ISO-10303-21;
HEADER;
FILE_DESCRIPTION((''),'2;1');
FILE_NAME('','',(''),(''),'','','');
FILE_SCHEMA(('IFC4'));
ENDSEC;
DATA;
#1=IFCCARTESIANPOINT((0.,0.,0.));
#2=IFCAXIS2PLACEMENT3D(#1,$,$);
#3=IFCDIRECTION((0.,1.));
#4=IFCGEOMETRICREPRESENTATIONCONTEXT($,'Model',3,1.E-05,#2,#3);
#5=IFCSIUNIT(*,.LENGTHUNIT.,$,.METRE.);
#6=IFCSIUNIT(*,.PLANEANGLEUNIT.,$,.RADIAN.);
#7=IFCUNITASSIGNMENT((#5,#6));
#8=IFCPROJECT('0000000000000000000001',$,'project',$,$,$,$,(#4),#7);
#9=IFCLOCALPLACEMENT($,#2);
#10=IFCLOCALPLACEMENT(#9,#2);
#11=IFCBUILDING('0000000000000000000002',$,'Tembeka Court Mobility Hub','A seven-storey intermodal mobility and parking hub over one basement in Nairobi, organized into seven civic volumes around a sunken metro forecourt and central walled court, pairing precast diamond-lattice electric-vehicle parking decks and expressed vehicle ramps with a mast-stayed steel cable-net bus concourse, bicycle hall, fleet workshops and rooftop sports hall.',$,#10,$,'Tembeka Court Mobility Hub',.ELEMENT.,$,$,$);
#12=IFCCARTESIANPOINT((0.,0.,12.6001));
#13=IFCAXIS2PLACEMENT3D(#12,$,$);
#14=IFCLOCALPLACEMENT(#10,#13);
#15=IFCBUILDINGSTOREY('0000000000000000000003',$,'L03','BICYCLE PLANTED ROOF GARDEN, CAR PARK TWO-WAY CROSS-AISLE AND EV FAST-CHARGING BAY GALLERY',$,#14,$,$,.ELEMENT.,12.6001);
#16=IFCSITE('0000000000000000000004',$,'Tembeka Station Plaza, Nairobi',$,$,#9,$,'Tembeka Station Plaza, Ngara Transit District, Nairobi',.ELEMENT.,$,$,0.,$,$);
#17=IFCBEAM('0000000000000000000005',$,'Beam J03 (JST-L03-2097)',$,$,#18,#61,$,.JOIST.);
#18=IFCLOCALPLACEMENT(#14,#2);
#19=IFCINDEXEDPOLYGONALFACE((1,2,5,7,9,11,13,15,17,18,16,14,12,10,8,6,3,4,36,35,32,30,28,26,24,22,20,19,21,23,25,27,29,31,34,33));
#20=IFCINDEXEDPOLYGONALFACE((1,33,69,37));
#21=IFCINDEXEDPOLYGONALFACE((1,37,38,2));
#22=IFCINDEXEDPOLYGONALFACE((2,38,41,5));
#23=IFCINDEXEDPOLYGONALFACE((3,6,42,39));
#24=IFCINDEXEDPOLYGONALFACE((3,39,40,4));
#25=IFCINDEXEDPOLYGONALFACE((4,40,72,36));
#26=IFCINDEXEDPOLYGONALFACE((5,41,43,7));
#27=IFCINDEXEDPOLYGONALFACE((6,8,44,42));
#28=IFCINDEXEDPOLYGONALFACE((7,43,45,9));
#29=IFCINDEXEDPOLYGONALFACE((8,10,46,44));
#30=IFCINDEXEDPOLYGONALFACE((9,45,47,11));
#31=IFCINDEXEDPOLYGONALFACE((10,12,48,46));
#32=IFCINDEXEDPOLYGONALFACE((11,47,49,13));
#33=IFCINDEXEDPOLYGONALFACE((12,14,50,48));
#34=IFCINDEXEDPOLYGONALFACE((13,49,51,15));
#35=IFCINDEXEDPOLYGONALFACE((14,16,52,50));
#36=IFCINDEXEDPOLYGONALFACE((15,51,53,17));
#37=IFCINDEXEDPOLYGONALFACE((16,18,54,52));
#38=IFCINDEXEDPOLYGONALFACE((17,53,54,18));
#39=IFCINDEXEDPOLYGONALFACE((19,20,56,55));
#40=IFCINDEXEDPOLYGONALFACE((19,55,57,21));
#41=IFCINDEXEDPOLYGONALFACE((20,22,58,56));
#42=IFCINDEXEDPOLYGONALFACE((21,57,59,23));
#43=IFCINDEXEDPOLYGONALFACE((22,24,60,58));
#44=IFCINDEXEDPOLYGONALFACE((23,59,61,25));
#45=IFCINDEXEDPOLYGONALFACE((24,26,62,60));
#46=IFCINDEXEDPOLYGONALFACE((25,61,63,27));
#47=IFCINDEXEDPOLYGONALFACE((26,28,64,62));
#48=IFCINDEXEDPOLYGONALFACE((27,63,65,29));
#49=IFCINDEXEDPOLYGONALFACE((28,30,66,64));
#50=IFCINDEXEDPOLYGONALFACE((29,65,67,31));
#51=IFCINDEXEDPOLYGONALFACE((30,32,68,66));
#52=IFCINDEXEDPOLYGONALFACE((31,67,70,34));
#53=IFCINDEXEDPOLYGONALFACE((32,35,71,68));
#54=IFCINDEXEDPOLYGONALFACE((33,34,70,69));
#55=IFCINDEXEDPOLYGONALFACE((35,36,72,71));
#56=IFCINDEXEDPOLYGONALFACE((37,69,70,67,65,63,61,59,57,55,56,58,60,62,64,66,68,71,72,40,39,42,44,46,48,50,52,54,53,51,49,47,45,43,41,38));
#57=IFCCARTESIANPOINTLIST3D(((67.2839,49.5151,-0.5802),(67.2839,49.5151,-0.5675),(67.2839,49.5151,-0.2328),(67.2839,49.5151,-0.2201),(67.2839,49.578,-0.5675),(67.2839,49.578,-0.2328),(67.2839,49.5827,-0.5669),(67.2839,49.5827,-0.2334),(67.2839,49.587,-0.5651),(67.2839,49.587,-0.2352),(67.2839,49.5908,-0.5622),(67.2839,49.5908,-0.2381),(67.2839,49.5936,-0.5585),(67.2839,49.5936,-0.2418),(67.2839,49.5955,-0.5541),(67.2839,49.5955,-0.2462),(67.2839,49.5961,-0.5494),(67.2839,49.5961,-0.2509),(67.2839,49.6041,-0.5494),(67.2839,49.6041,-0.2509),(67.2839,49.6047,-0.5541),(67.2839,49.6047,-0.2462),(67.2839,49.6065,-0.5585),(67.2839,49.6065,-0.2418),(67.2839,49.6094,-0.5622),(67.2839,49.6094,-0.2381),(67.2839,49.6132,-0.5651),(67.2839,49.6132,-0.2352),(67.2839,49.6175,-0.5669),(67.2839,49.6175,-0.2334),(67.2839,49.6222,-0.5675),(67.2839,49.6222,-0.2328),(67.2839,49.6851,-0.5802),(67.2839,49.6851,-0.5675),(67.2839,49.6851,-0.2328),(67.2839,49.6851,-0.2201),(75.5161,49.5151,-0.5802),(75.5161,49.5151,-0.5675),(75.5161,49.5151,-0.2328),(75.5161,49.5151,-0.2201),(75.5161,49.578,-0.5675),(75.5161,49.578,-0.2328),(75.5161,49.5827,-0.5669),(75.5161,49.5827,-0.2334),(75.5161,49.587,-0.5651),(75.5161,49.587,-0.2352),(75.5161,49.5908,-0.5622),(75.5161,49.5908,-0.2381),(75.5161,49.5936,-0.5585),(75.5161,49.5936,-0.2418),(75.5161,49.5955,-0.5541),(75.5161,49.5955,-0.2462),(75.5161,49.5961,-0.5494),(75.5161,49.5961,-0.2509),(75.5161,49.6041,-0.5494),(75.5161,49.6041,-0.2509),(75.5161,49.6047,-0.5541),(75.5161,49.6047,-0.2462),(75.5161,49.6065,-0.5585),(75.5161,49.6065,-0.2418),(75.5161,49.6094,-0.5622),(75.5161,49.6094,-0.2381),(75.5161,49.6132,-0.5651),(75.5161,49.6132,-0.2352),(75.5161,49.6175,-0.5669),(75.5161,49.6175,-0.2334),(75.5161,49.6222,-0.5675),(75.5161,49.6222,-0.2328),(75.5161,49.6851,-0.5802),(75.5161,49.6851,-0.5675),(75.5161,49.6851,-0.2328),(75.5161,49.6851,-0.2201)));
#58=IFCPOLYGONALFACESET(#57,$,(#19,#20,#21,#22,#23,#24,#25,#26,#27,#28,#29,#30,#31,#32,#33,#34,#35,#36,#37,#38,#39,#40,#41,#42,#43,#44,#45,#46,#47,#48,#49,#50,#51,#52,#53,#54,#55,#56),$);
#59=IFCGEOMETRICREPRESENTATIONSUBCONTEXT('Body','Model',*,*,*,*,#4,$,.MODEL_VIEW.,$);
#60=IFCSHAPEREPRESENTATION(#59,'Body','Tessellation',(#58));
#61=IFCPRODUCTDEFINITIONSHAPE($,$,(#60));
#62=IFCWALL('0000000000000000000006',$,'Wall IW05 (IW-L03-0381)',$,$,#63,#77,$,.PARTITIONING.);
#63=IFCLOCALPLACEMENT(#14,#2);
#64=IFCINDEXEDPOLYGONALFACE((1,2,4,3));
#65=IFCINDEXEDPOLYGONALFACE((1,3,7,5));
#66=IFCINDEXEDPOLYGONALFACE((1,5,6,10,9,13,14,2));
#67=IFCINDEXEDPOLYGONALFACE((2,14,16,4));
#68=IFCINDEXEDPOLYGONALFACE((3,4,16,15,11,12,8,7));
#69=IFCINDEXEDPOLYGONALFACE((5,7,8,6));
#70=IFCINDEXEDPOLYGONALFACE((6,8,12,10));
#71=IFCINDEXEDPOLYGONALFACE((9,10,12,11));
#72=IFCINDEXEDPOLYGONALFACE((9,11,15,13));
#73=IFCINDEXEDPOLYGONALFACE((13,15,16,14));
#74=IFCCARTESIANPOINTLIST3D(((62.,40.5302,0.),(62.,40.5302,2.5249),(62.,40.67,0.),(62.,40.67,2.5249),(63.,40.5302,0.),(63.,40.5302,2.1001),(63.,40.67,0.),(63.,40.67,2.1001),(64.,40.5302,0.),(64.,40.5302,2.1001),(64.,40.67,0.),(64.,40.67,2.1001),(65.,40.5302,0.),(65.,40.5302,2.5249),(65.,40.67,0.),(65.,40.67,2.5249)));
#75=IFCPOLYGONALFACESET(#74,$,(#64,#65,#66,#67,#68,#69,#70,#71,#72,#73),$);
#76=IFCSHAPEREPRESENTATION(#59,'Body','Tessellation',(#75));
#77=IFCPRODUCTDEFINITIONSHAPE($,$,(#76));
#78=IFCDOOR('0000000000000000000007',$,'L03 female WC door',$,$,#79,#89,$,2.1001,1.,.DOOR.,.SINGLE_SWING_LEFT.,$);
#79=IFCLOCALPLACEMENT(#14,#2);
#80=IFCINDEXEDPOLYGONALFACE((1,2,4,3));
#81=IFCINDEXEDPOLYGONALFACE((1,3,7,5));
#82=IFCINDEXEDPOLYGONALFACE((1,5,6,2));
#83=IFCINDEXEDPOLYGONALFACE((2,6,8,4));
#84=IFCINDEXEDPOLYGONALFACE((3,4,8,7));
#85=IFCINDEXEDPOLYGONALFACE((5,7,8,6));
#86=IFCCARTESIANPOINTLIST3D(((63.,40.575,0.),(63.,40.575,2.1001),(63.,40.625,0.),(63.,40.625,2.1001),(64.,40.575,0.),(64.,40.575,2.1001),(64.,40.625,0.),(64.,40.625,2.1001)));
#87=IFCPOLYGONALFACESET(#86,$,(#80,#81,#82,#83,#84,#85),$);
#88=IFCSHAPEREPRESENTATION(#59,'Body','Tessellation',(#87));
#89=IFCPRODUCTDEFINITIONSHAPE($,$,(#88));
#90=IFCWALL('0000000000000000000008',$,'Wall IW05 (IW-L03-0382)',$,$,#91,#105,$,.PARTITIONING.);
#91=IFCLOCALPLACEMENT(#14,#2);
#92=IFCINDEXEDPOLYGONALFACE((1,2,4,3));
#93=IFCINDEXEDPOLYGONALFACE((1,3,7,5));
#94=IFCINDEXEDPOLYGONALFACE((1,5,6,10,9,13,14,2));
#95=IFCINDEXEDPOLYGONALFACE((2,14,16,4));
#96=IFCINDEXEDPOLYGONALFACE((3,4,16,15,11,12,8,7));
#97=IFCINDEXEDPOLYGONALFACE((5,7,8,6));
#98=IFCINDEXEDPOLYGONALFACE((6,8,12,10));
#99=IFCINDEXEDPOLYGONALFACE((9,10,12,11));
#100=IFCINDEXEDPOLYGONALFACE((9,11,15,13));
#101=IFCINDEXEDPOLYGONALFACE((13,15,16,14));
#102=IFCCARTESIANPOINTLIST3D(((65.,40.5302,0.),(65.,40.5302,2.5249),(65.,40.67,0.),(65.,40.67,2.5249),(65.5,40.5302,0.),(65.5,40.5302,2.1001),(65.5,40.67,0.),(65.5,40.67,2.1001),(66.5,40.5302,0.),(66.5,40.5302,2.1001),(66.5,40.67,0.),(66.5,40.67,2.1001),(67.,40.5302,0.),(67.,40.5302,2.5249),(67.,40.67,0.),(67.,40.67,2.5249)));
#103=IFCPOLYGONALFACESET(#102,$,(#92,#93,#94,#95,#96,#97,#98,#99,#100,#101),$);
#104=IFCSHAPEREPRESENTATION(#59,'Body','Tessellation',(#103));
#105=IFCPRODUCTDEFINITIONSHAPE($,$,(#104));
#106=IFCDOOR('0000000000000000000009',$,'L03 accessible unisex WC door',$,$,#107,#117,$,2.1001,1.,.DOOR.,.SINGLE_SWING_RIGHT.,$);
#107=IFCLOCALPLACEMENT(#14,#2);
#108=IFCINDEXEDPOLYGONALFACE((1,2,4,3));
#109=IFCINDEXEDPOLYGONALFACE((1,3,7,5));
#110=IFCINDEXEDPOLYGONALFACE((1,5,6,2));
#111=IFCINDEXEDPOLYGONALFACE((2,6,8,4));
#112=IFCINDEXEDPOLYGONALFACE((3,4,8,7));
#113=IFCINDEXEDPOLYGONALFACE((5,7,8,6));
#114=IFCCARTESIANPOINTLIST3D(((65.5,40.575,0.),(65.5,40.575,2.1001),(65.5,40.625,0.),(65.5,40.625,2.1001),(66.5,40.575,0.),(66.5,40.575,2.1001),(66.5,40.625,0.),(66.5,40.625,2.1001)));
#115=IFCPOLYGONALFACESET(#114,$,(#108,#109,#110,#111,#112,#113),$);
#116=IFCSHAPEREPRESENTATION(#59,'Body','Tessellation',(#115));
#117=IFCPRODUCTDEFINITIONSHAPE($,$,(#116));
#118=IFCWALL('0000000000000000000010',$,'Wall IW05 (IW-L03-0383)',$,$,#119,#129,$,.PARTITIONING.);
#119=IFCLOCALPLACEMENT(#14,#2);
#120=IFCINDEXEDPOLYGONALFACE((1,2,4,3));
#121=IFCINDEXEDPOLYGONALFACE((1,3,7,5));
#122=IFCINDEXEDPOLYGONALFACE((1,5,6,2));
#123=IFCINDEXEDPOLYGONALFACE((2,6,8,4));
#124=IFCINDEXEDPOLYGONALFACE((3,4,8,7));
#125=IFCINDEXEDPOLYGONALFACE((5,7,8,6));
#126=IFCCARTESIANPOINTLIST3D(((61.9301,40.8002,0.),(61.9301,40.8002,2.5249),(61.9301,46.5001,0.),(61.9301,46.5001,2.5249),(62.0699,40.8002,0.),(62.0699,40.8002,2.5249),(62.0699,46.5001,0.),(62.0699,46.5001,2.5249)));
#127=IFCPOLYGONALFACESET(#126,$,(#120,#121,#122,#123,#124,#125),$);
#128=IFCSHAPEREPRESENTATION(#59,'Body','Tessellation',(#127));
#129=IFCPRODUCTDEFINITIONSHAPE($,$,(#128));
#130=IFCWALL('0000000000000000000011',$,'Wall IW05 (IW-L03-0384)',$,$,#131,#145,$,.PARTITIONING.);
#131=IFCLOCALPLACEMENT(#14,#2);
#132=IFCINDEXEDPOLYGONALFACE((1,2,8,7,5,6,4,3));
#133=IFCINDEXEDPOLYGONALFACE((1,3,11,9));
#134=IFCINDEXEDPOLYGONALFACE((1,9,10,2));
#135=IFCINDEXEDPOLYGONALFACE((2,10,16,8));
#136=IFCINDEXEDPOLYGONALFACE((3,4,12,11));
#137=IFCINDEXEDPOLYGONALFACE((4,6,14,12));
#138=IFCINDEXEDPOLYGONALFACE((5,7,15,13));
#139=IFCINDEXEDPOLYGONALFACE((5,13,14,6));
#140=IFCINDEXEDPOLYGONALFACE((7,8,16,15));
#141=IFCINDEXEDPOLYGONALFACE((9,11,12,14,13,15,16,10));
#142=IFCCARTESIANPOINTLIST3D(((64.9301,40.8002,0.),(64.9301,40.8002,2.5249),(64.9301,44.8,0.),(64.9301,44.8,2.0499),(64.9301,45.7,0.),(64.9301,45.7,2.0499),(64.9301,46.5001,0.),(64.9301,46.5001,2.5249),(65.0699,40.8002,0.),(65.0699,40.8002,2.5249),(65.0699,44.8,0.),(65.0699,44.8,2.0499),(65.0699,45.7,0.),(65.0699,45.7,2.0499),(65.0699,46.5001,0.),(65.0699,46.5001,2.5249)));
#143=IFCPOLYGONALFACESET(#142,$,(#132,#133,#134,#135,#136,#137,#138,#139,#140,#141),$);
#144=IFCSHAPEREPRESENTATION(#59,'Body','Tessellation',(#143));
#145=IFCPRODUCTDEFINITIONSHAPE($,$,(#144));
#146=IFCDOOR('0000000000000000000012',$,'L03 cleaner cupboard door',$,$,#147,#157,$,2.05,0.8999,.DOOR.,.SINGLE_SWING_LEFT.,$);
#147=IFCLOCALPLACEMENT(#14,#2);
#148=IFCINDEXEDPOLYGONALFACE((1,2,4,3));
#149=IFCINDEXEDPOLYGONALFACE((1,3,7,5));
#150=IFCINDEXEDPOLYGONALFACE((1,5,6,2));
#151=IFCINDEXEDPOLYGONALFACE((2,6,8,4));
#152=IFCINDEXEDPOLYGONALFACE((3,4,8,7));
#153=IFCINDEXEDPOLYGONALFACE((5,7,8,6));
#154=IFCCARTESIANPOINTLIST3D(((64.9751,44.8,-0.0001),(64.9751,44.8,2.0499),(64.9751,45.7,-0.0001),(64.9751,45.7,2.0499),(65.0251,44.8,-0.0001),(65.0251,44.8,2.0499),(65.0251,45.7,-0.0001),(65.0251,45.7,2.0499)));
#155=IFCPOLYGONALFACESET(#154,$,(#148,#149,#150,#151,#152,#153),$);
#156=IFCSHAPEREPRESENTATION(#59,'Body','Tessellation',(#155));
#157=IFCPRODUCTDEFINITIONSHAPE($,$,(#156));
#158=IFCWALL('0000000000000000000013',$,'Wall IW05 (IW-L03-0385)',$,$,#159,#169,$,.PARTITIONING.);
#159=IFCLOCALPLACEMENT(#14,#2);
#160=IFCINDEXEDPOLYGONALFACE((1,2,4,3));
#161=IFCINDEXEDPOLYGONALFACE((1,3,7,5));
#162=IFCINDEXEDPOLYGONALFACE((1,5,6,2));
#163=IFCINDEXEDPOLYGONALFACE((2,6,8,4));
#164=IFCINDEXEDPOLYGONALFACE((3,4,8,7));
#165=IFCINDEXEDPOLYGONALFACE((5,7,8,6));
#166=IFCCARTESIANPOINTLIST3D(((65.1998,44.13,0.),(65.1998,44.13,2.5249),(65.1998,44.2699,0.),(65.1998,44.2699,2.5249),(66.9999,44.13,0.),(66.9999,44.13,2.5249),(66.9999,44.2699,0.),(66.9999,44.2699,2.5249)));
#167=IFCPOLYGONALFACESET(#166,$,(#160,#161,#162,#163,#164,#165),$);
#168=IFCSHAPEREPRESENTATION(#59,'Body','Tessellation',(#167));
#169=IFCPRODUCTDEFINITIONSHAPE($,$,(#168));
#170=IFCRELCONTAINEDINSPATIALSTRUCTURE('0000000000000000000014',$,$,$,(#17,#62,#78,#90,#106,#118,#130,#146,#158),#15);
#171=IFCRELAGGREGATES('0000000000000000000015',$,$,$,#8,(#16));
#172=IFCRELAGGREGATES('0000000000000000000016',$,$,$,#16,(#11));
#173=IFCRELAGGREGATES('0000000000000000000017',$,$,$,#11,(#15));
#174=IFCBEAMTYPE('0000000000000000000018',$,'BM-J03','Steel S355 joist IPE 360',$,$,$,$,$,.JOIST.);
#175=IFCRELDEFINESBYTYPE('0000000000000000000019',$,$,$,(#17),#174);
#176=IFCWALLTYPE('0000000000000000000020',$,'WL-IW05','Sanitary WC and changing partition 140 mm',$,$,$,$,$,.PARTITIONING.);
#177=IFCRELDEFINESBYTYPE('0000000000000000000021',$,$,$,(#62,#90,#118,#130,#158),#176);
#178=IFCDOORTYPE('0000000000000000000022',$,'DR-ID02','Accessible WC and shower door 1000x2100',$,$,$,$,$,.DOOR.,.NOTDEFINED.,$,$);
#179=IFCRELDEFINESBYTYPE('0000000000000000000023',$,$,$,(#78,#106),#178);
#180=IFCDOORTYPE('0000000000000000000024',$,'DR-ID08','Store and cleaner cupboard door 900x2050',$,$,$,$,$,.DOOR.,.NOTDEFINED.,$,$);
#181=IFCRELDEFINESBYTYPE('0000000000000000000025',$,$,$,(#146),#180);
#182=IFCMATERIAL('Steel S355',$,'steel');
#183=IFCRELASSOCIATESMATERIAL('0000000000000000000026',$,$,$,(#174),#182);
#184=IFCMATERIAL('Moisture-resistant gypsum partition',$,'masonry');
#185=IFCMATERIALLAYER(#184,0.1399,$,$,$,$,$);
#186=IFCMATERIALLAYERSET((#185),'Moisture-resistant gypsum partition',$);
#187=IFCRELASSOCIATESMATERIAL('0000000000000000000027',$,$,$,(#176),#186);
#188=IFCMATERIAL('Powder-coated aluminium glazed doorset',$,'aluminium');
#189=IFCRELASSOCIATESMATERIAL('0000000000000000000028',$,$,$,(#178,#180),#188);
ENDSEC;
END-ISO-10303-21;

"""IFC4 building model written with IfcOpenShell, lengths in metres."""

from ifc_helpers import new_model, si_unit, direction, frame, frame_2d, origin, origin_2d, place, context, subcontext, project, spatial, rectangle, i_section, extrude, material, layer, layer_set, material_profile, profile_set, type_object, element, fill, save


model = new_model("IFC4")

# Units and contexts
model_context = context("Model", 3, precision=1e-05, world=origin(), true_north=direction((0.0, 1.0)))
body_context = subcontext(model_context, "Body", "Model", "MODEL_VIEW")
ifc_project = project(units=[si_unit("LENGTHUNIT", "METRE"), si_unit("PLANEANGLEUNIT", "RADIAN")], contexts=[model_context])

# Site, building, storey
site_placement = place(None, origin())
site = spatial("IfcSite", under=ifc_project, at=site_placement, Name="Tembeka Station Plaza, Nairobi", LongName="Tembeka Station Plaza, Ngara Transit District, Nairobi", CompositionType="ELEMENT", RefElevation=0.0)
building_placement = place(site_placement, origin())
building = spatial("IfcBuilding", under=site, at=building_placement, Name="Tembeka Court Mobility Hub", Description="A seven-storey intermodal mobility and parking hub over one basement in Nairobi, organized into seven civic volumes around a sunken metro forecourt and central walled court, pairing precast diamond-lattice electric-vehicle parking decks and expressed vehicle ramps with a mast-stayed steel cable-net bus concourse, bicycle hall, fleet workshops and rooftop sports hall.", LongName="Tembeka Court Mobility Hub", CompositionType="ELEMENT")
storey_placement = place(building_placement, frame((0.0, 0.0, 12.6001)))
storey = spatial("IfcBuildingStorey", under=building, at=storey_placement, Name="L03", Description="BICYCLE PLANTED ROOF GARDEN, CAR PARK TWO-WAY CROSS-AISLE AND EV FAST-CHARGING BAY GALLERY", CompositionType="ELEMENT", Elevation=12.6001)

# Shared definitions
ifc_material_1 = material(Name="Steel S355", Category="steel")

# Beam
ifc_material_profile_1 = material_profile(ifc_material_1, i_section(OverallWidth=0.1699, OverallDepth=0.3601, WebThickness=0.0081, FlangeThickness=0.0127, FilletRadius=0.0181, at=origin_2d()), Name="IPE 360")
ifc_profile_set_1 = profile_set([ifc_material_profile_1], Name="Steel S355")
beam_type_1 = type_object("IfcBeamType", Name="BM-J03", Description="Steel S355 joist IPE 360", PredefinedType="JOIST", material=ifc_profile_set_1)
for number, where, z_axis, x_axis, name in (
    (1, (67.2839, 49.6001, -0.4001), (1.0, 0.0, 0.0), (0.0, 1.0, 0.0), "Beam J03 (JST-L03-2097)"),
):
    element("IfcBeam", number, at=place(storey_placement, frame(where, z_axis=z_axis, x_axis=x_axis)), inside=storey, type_object=beam_type_1, Name=name, PredefinedType="JOIST", context=body_context, shape_type="SweptSolid", body=[
        extrude(i_section(OverallWidth=0.1699, OverallDepth=0.3601, WebThickness=0.0081, FlangeThickness=0.0127, FilletRadius=0.0181, at=origin_2d()), origin(), (0.0, 0.0, 1.0), 8.2322),
    ])

# Walls, openings, doors
ifc_material_2 = material(Name="Moisture-resistant gypsum partition", Category="masonry")
ifc_layer = layer(ifc_material_2, 0.1399)
ifc_layer_set = layer_set([ifc_layer], Name="Moisture-resistant gypsum partition")
wall_type = type_object("IfcWallType", Name="WL-IW05", Description="Sanitary WC and changing partition 140 mm", PredefinedType="PARTITIONING", material=ifc_layer_set)
wall_1_placement = place(storey_placement, frame((62.0, 40.6001, 0.0), z_axis=(0.0, 0.0, 1.0), x_axis=(1.0, 0.0, 0.0)))
wall_1 = element("IfcWall", 2, at=wall_1_placement, inside=storey, type_object=wall_type, Name="Wall IW05 (IW-L03-0381)", PredefinedType="PARTITIONING", context=body_context, shape_type="SweptSolid", body=[
    extrude(rectangle(XDim=3.0, YDim=0.1399, at=frame_2d((1.5, 0.0))), origin(), (0.0, 0.0, 1.0), 2.5249),
])
opening_1_placement = place(wall_1_placement, frame((1.0, 0.0, 0.0)))
opening_1 = element("IfcOpeningElement", 3, at=opening_1_placement, cuts=wall_1, PredefinedType="OPENING", context=body_context, shape_type="SweptSolid", body=[
    extrude(rectangle(XDim=1.0, YDim=2.1001, at=frame_2d((0.5, 1.05))), frame((0.0, 0.0801, 0.0), z_axis=(0.0, -1.0, 0.0), x_axis=(1.0, 0.0, 0.0)), (0.0, 0.0, 1.0), 0.1599),
])
ifc_material_3 = material(Name="Powder-coated aluminium glazed doorset", Category="aluminium")
door_type_1 = type_object("IfcDoorType", Name="DR-ID02", Description="Accessible WC and shower door 1000x2100", OperationType="NOTDEFINED", PredefinedType="DOOR", material=ifc_material_3)
door_1_placement = place(opening_1_placement, origin())
door_1 = element("IfcDoor", 4, at=door_1_placement, inside=storey, type_object=door_type_1, Name="L03 female WC door", OperationType="SINGLE_SWING_LEFT", OverallHeight=2.1001, OverallWidth=1.0, PredefinedType="DOOR", context=body_context, shape_type="SweptSolid", body=[
    extrude(rectangle(XDim=1.0, YDim=2.1001, at=frame_2d((0.5, 1.05))), frame((0.0, 0.0249, 0.0), z_axis=(0.0, -1.0, 0.0), x_axis=(1.0, 0.0, 0.0)), (0.0, 0.0, 1.0), 0.05),
])
fill(opening_1, door_1)
wall_2_placement = place(storey_placement, frame((65.0, 40.6001, 0.0), z_axis=(0.0, 0.0, 1.0), x_axis=(1.0, 0.0, 0.0)))
wall_2 = element("IfcWall", 5, at=wall_2_placement, inside=storey, type_object=wall_type, Name="Wall IW05 (IW-L03-0382)", PredefinedType="PARTITIONING", context=body_context, shape_type="SweptSolid", body=[
    extrude(rectangle(XDim=2.0, YDim=0.1399, at=frame_2d((1.0, 0.0))), origin(), (0.0, 0.0, 1.0), 2.5249),
])
opening_2_placement = place(wall_2_placement, frame((0.5, 0.0, 0.0)))
opening_2 = element("IfcOpeningElement", 6, at=opening_2_placement, cuts=wall_2, PredefinedType="OPENING", context=body_context, shape_type="SweptSolid", body=[
    extrude(rectangle(XDim=1.0, YDim=2.1001, at=frame_2d((0.5, 1.05))), frame((0.0, 0.0801, 0.0), z_axis=(0.0, -1.0, 0.0), x_axis=(1.0, 0.0, 0.0)), (0.0, 0.0, 1.0), 0.1599),
])
door_2_placement = place(opening_2_placement, origin())
door_2 = element("IfcDoor", 7, at=door_2_placement, inside=storey, type_object=door_type_1, Name="L03 accessible unisex WC door", OperationType="SINGLE_SWING_RIGHT", OverallHeight=2.1001, OverallWidth=1.0, PredefinedType="DOOR", context=body_context, shape_type="SweptSolid", body=[
    extrude(rectangle(XDim=1.0, YDim=2.1001, at=frame_2d((0.5, 1.05))), frame((0.0, 0.0249, 0.0), z_axis=(0.0, -1.0, 0.0), x_axis=(1.0, 0.0, 0.0)), (0.0, 0.0, 1.0), 0.05),
])
fill(opening_2, door_2)

# Wall
wall_3_placement = place(storey_placement, frame((62.0, 40.8, 0.0), z_axis=(0.0, 0.0, 1.0), x_axis=(0.0, 1.0, 0.0)))
element("IfcWall", 8, at=wall_3_placement, inside=storey, type_object=wall_type, Name="Wall IW05 (IW-L03-0383)", PredefinedType="PARTITIONING", context=body_context, shape_type="SweptSolid", body=[
    extrude(rectangle(XDim=5.7, YDim=0.1399, at=frame_2d((2.8501, 0.0))), origin(), (0.0, 0.0, 1.0), 2.5249),
])

# Wall, opening, door
wall_4_placement = place(storey_placement, frame((65.0, 40.8, 0.0), z_axis=(0.0, 0.0, 1.0), x_axis=(0.0, 1.0, 0.0)))
wall_4 = element("IfcWall", 9, at=wall_4_placement, inside=storey, type_object=wall_type, Name="Wall IW05 (IW-L03-0384)", PredefinedType="PARTITIONING", context=body_context, shape_type="SweptSolid", body=[
    extrude(rectangle(XDim=5.7, YDim=0.1399, at=frame_2d((2.8501, 0.0))), origin(), (0.0, 0.0, 1.0), 2.5249),
])
opening_3_placement = place(wall_4_placement, frame((4.0, 0.0, 0.0)))
opening_3 = element("IfcOpeningElement", 10, at=opening_3_placement, cuts=wall_4, PredefinedType="OPENING", context=body_context, shape_type="SweptSolid", body=[
    extrude(rectangle(XDim=0.8999, YDim=2.05, at=frame_2d((0.45, 1.0249))), frame((0.0, 0.0801, 0.0), z_axis=(0.0, -1.0, 0.0), x_axis=(1.0, 0.0, 0.0)), (0.0, 0.0, 1.0), 0.1599),
])
door_type_2 = type_object("IfcDoorType", Name="DR-ID08", Description="Store and cleaner cupboard door 900x2050", OperationType="NOTDEFINED", PredefinedType="DOOR", material=ifc_material_3)
door_3_placement = place(opening_3_placement, origin())
door_3 = element("IfcDoor", 11, at=door_3_placement, inside=storey, type_object=door_type_2, Name="L03 cleaner cupboard door", OperationType="SINGLE_SWING_LEFT", OverallHeight=2.05, OverallWidth=0.8999, PredefinedType="DOOR", context=body_context, shape_type="SweptSolid", body=[
    extrude(rectangle(XDim=0.8999, YDim=2.05, at=frame_2d((0.45, 1.0249))), frame((0.0, 0.0249, 0.0), z_axis=(0.0, -1.0, 0.0), x_axis=(1.0, 0.0, 0.0)), (0.0, 0.0, 1.0), 0.05),
])
fill(opening_3, door_3)

# Wall
wall_5_placement = place(storey_placement, frame((65.2, 44.2, 0.0), z_axis=(0.0, 0.0, 1.0), x_axis=(1.0, 0.0, 0.0)))
element("IfcWall", 12, at=wall_5_placement, inside=storey, type_object=wall_type, Name="Wall IW05 (IW-L03-0385)", PredefinedType="PARTITIONING", context=body_context, shape_type="SweptSolid", body=[
    extrude(rectangle(XDim=1.8, YDim=0.1399, at=frame_2d((0.8999, 0.0))), origin(), (0.0, 0.0, 1.0), 2.5249),
])

save(model, "model.ifc")
